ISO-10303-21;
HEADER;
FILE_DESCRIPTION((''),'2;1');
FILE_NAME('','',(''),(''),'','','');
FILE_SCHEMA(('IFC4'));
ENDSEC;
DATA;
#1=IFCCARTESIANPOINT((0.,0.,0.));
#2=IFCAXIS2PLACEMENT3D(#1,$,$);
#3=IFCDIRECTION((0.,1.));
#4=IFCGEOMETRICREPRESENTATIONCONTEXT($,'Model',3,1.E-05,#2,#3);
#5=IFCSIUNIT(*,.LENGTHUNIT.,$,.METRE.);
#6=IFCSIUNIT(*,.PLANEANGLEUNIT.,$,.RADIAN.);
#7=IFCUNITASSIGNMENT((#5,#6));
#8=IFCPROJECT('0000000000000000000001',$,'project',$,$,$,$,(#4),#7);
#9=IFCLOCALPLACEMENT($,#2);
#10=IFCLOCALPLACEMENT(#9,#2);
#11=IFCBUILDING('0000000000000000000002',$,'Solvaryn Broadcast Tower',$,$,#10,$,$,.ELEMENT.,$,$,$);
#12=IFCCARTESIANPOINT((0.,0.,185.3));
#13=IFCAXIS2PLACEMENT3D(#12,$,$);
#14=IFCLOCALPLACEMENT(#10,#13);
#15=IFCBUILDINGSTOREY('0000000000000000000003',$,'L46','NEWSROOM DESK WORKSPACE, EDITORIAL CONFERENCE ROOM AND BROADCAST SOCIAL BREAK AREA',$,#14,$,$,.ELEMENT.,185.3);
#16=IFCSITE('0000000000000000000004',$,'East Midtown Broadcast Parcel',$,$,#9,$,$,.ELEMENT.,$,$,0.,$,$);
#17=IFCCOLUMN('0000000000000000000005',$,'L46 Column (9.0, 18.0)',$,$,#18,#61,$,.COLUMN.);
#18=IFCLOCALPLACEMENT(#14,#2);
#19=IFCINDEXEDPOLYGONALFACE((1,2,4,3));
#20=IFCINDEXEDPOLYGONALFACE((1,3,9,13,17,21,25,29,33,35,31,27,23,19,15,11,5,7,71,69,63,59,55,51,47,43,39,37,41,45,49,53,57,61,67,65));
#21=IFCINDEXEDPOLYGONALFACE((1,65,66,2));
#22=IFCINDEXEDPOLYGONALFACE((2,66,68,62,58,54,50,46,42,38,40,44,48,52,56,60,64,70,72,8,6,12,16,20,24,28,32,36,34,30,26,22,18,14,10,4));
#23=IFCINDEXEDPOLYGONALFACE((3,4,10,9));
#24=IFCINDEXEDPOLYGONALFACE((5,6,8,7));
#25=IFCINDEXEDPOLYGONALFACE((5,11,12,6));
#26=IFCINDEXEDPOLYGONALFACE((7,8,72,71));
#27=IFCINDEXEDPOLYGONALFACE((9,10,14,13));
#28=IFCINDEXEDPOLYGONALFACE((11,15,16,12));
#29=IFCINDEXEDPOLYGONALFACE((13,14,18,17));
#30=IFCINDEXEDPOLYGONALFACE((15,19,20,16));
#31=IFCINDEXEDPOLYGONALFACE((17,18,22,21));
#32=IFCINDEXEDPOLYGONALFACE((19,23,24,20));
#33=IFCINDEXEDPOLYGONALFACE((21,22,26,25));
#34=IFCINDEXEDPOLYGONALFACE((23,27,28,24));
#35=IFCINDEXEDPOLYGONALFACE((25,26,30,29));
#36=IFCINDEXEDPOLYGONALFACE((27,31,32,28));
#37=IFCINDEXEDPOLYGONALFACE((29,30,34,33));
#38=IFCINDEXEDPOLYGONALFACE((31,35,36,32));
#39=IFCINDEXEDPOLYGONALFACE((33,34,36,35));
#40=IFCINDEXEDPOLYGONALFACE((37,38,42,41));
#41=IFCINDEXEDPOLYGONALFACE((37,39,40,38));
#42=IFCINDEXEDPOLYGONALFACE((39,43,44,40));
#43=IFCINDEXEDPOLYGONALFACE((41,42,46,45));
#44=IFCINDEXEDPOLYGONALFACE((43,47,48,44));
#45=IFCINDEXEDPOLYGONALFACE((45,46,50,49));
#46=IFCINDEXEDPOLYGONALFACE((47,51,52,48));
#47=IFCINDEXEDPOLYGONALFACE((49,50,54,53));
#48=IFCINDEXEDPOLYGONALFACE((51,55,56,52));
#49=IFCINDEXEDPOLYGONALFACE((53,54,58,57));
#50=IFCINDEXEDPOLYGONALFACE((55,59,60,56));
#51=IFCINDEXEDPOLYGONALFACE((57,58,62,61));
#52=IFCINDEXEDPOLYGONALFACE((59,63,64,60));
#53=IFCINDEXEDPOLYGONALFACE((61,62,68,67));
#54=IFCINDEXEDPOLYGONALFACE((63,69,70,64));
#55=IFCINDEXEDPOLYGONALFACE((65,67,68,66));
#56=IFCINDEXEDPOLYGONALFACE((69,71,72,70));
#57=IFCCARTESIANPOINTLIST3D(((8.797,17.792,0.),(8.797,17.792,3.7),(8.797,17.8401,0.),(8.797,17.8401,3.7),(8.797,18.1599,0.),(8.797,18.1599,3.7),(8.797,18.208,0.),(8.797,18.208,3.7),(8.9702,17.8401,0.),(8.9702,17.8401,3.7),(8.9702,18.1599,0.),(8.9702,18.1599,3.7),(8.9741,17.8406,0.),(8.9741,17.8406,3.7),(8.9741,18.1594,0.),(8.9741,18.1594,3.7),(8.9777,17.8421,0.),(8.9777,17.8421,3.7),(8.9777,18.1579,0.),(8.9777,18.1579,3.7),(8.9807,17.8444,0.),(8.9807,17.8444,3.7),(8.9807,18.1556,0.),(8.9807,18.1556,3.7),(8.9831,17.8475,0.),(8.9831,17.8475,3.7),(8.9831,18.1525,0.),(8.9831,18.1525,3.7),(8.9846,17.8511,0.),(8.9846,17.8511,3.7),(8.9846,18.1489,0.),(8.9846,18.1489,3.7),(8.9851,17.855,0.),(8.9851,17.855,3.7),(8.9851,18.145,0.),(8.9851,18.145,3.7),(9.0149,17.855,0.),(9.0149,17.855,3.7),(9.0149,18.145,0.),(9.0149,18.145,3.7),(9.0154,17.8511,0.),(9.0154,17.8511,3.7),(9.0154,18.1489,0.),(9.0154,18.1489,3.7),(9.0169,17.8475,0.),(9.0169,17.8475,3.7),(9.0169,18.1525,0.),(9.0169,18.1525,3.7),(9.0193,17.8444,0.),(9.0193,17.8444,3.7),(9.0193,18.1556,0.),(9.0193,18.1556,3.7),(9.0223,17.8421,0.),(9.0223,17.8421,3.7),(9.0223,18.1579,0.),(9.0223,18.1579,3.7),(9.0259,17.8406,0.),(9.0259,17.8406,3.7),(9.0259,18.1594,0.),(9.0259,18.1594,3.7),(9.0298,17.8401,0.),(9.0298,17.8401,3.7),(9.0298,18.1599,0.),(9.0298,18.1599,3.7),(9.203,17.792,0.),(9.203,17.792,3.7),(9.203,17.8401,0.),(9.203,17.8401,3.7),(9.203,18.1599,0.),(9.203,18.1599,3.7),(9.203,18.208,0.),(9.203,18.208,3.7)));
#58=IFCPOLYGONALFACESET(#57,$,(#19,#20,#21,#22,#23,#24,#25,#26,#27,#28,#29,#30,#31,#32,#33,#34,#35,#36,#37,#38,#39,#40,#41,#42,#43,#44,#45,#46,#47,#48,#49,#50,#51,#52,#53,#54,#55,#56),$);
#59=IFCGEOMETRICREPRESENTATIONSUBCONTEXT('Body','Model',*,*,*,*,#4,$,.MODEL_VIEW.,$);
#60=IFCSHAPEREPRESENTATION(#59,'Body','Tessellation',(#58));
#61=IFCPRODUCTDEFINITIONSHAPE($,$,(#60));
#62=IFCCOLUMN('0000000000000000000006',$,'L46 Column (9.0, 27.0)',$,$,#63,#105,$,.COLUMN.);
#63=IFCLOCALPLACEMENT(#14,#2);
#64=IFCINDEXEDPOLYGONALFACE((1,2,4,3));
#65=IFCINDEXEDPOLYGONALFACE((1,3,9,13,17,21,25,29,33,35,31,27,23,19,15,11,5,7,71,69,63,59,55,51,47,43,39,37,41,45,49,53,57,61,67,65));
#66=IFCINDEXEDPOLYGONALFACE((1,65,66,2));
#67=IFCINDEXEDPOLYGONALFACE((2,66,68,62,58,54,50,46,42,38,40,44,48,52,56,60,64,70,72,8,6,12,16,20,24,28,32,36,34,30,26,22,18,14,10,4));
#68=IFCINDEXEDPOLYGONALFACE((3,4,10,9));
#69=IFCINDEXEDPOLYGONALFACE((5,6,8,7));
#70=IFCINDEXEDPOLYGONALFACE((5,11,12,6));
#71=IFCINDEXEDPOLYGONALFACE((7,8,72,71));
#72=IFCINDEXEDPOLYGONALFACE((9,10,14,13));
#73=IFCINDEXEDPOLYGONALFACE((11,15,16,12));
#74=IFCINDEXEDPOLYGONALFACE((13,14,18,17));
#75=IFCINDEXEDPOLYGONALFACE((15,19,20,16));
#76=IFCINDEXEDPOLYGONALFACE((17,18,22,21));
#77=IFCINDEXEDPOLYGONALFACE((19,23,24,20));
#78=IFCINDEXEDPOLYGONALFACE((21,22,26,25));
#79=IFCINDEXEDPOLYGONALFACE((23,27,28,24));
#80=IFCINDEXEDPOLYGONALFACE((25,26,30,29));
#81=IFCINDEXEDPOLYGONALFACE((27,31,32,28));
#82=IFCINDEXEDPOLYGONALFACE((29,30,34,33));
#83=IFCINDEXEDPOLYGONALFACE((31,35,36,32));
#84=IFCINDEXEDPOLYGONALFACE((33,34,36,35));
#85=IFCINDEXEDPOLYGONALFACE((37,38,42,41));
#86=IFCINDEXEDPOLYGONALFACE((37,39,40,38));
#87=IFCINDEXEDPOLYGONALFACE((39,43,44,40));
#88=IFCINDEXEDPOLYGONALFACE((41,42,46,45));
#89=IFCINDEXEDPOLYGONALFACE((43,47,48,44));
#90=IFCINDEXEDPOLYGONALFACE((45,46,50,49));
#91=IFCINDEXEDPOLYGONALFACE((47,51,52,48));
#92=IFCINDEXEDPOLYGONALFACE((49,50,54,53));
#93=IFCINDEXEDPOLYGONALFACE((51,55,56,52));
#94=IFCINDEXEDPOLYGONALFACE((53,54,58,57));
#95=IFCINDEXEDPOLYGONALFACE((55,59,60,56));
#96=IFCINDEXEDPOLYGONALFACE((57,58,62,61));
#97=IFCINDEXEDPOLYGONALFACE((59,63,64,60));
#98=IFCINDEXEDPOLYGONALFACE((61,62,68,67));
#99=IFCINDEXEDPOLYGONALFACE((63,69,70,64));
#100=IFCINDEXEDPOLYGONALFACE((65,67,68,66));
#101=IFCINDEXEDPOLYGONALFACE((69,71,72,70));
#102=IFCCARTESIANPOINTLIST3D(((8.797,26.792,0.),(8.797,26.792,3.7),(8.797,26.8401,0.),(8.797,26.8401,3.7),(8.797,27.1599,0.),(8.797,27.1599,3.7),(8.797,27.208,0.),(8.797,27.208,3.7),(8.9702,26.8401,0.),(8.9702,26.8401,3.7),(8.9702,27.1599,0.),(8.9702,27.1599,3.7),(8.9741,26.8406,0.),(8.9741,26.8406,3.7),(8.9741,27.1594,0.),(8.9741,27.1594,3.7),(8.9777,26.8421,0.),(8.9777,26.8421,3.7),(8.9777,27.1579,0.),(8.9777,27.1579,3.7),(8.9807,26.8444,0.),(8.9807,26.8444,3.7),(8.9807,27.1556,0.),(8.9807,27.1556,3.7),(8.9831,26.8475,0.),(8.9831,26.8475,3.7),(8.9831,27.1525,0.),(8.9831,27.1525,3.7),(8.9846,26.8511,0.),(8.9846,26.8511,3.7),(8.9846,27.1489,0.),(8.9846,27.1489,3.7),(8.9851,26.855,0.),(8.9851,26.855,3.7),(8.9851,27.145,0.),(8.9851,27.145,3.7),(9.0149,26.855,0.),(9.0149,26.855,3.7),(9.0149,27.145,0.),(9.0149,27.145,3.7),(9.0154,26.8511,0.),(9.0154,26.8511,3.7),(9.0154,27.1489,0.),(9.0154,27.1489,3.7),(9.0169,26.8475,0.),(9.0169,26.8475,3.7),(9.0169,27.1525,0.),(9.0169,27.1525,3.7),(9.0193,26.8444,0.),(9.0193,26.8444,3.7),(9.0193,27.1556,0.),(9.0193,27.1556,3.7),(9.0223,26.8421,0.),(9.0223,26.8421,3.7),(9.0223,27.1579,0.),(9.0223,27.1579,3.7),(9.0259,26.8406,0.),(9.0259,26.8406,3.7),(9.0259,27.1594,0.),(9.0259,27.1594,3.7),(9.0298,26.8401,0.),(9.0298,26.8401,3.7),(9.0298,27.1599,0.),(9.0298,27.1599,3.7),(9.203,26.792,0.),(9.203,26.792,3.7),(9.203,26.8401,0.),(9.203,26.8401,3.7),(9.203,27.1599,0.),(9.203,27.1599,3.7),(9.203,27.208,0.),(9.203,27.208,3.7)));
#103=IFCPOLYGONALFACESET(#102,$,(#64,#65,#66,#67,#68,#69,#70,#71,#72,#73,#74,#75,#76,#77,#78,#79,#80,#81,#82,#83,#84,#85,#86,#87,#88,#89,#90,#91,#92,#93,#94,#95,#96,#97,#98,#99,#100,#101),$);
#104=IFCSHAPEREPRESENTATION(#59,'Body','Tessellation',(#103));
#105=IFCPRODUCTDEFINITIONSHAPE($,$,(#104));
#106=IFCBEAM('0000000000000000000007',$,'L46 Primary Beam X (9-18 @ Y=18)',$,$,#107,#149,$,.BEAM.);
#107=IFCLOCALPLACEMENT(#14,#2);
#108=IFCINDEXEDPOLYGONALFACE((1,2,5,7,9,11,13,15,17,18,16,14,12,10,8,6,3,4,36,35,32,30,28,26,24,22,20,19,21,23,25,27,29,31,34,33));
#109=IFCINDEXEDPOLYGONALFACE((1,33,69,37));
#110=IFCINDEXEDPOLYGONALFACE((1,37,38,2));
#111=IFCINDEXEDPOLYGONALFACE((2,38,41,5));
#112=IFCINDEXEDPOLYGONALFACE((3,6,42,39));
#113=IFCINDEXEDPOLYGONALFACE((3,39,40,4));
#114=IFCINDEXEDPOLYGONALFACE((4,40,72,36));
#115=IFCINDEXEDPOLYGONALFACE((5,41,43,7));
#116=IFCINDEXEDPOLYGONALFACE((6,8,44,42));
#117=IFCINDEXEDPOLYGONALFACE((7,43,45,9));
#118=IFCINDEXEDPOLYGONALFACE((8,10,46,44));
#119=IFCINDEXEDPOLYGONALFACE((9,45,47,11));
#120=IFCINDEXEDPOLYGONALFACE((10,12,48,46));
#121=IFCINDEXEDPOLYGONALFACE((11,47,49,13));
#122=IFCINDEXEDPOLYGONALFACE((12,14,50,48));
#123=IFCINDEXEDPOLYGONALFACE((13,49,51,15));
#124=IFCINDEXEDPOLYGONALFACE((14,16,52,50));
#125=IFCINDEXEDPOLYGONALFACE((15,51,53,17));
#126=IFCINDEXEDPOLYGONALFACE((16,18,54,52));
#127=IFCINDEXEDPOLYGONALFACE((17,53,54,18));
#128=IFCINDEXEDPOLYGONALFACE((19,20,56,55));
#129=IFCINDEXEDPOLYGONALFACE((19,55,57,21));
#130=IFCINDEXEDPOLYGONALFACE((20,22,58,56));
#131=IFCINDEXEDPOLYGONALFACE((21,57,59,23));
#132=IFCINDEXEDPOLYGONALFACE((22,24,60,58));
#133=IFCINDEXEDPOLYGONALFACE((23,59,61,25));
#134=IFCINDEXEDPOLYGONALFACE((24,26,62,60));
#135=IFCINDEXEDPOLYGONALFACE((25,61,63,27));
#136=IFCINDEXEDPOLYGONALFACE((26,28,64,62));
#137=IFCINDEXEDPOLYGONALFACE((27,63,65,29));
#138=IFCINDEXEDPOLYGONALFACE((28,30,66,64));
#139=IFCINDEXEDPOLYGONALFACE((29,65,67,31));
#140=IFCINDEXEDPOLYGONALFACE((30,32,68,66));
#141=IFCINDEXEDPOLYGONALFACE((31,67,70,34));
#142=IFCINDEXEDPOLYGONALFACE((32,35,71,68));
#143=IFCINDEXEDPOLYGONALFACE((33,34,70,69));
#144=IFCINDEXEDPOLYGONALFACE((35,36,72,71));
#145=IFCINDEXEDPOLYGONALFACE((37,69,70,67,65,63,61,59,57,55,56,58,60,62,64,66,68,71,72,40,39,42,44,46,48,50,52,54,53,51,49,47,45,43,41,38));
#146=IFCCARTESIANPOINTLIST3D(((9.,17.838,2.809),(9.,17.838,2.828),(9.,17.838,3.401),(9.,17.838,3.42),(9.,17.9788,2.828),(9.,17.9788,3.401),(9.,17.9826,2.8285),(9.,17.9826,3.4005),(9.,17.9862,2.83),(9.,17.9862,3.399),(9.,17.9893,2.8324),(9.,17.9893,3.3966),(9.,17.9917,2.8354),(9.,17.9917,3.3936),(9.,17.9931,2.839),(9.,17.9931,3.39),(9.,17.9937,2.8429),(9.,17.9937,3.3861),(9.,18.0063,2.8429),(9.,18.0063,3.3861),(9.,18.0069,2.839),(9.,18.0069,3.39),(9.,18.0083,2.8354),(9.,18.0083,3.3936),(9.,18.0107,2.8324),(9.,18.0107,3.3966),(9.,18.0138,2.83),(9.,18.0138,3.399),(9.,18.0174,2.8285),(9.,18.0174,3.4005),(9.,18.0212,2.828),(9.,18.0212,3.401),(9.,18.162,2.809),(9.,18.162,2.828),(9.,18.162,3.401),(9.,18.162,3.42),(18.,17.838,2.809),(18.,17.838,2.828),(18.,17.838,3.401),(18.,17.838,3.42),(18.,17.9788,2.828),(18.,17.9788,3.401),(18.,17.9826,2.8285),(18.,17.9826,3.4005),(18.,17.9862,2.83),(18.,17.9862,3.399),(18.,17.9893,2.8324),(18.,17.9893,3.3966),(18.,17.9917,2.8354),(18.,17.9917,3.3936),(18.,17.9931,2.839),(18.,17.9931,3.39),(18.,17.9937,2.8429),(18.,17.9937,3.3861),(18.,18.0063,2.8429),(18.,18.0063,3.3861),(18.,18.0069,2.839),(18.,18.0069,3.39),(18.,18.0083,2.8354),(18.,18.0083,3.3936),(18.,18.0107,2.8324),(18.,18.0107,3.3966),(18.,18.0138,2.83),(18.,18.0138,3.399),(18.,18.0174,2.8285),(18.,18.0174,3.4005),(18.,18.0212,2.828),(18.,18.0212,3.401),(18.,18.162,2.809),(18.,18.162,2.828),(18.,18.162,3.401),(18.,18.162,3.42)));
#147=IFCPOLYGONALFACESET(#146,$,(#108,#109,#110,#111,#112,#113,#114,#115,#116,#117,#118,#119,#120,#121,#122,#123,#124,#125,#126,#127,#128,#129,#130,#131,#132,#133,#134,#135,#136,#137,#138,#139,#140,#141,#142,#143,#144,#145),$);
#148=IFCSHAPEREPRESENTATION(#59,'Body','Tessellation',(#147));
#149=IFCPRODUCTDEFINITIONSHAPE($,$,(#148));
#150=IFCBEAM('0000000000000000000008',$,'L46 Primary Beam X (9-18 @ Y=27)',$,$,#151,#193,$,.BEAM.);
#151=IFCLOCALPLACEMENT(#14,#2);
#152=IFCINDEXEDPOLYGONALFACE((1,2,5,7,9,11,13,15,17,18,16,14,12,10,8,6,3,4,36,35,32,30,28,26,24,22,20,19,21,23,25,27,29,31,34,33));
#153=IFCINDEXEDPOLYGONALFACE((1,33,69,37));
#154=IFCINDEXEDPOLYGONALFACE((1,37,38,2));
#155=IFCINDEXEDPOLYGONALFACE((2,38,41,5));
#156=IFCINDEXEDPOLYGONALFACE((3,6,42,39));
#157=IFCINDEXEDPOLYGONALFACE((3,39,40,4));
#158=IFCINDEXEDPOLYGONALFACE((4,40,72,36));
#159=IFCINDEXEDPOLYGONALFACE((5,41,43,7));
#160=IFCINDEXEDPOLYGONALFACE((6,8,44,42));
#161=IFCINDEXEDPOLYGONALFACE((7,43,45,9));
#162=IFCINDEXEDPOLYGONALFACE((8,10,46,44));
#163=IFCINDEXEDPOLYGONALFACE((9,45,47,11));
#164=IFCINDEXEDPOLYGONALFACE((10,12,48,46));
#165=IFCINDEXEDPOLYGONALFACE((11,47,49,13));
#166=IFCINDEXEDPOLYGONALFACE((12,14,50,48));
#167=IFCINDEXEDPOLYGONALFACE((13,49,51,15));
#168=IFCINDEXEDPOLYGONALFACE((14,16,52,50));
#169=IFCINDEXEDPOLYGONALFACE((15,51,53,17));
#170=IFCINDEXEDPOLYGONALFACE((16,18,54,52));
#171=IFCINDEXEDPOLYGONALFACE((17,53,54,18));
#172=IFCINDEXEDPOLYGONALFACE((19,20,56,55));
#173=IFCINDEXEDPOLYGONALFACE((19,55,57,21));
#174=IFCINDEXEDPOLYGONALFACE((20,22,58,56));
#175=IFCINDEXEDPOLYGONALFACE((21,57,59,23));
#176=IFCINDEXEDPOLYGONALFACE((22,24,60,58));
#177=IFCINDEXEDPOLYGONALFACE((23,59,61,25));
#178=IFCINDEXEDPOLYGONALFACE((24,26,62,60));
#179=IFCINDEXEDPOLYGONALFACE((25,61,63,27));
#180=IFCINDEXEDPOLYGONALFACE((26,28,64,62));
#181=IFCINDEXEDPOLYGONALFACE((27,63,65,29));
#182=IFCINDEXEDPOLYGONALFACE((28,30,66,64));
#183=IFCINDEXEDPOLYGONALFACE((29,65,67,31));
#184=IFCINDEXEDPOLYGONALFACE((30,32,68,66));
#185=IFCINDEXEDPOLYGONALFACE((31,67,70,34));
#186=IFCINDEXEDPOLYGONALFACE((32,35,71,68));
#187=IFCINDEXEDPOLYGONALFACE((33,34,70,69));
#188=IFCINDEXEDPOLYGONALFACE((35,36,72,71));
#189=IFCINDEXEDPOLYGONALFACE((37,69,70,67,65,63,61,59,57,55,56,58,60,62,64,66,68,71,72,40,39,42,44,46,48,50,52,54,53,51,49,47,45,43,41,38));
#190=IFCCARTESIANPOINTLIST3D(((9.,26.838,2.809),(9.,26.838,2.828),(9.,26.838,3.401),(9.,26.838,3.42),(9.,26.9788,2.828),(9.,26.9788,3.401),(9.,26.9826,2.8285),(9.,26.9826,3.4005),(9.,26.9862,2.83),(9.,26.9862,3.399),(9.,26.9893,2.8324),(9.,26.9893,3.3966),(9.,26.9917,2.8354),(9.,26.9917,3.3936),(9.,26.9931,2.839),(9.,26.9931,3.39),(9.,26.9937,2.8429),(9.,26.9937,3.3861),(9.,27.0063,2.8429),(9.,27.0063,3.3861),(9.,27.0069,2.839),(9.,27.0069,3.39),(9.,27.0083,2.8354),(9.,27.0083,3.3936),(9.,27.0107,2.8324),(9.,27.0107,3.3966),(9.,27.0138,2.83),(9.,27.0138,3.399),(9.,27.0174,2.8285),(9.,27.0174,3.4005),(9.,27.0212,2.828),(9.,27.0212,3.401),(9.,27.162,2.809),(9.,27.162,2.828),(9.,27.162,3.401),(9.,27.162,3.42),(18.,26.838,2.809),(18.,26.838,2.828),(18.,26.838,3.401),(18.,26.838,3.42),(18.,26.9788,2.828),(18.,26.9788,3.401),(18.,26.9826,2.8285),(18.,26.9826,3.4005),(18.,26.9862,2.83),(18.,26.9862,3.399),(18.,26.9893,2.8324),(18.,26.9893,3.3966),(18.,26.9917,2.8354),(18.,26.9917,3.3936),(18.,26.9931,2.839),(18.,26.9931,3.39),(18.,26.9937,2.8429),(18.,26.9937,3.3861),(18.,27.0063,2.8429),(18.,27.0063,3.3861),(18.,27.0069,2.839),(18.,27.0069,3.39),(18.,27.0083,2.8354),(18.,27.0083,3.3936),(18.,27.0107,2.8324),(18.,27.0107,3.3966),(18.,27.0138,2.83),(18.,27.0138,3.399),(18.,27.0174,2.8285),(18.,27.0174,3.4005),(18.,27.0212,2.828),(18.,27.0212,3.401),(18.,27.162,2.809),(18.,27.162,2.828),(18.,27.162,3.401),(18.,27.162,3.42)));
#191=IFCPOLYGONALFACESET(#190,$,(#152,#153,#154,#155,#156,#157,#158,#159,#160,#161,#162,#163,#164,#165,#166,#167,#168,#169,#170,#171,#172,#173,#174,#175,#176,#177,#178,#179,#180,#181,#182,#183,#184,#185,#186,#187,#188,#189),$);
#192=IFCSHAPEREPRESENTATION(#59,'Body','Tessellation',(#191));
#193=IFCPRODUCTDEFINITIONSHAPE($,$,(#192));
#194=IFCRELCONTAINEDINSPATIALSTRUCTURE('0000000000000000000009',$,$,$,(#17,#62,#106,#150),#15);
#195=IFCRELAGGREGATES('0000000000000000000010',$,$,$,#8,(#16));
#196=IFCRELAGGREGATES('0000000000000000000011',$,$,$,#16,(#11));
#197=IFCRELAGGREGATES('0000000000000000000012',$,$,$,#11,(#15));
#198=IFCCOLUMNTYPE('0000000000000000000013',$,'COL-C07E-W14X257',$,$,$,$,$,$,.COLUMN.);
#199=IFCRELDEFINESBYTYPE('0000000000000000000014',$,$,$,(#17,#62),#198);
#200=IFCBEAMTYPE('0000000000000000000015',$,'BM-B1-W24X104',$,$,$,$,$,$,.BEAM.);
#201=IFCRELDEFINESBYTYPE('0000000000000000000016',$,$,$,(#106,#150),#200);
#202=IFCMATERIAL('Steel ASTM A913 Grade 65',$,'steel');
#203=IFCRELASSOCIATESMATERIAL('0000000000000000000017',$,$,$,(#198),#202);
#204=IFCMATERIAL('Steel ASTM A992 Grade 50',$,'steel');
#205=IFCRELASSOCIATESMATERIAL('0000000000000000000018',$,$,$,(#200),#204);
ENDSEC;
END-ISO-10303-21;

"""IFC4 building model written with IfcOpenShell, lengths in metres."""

from ifc_helpers import new_model, si_unit, direction, frame, origin, origin_2d, place, context, subcontext, project, spatial, i_section, extrude, material, material_profile, profile_set, type_object, element, save


model = new_model("IFC4")

# Units and contexts
model_context = context("Model", 3, precision=1e-05, world=origin(), true_north=direction((0.0, 1.0)))
body_context = subcontext(model_context, "Body", "Model", "MODEL_VIEW")
ifc_project = project(units=[si_unit("LENGTHUNIT", "METRE"), si_unit("PLANEANGLEUNIT", "RADIAN")], contexts=[model_context])

# Site, building, storey
site_placement = place(None, origin())
site = spatial("IfcSite", under=ifc_project, at=site_placement, Name="East Midtown Broadcast Parcel", CompositionType="ELEMENT", RefElevation=0.0)
building_placement = place(site_placement, origin())
building = spatial("IfcBuilding", under=site, at=building_placement, Name="Solvaryn Broadcast Tower", CompositionType="ELEMENT")
storey_placement = place(building_placement, frame((0.0, 0.0, 185.3)))
storey = spatial("IfcBuildingStorey", under=building, at=storey_placement, Name="L46", Description="NEWSROOM DESK WORKSPACE, EDITORIAL CONFERENCE ROOM AND BROADCAST SOCIAL BREAK AREA", CompositionType="ELEMENT", Elevation=185.3)

# Columns
ifc_material_1 = material(Name="Steel ASTM A913 Grade 65", Category="steel")
ifc_material_profile_1 = material_profile(ifc_material_1, i_section(OverallWidth=0.406, OverallDepth=0.416, WebThickness=0.0298, FlangeThickness=0.0481, FilletRadius=0.0149, at=origin_2d()))
ifc_profile_set_1 = profile_set([ifc_material_profile_1], Name="Steel ASTM A913 Grade 65")
column_type = type_object("IfcColumnType", Name="COL-C07E-W14X257", PredefinedType="COLUMN", material=ifc_profile_set_1)
for number, where, z_axis, x_axis, name in (
    (1, (9.0, 18.0, 0.0), (0.0, 0.0, 1.0), (1.0, 0.0, 0.0), "L46 Column (9.0, 18.0)"),
    (2, (9.0, 27.0, 0.0), (0.0, 0.0, 1.0), (1.0, 0.0, 0.0), "L46 Column (9.0, 27.0)"),
):
    element("IfcColumn", number, at=place(storey_placement, frame(where, z_axis=z_axis, x_axis=x_axis)), inside=storey, type_object=column_type, Name=name, PredefinedType="COLUMN", context=body_context, shape_type="SweptSolid", body=[
        extrude(i_section(OverallWidth=0.406, OverallDepth=0.416, WebThickness=0.0298, FlangeThickness=0.0481, FilletRadius=0.0149, at=origin_2d()), origin(), (0.0, 0.0, 1.0), 3.7),
    ])

# Beams
ifc_material_2 = material(Name="Steel ASTM A992 Grade 50", Category="steel")
ifc_material_profile_2 = material_profile(ifc_material_2, i_section(OverallWidth=0.324, OverallDepth=0.6111, WebThickness=0.0127, FlangeThickness=0.019, FilletRadius=0.0149, at=origin_2d()))
ifc_profile_set_2 = profile_set([ifc_material_profile_2], Name="Steel ASTM A992 Grade 50")
beam_type_1 = type_object("IfcBeamType", Name="BM-B1-W24X104", PredefinedType="BEAM", material=ifc_profile_set_2)
for number, where, z_axis, x_axis, name in (
    (3, (9.0, 18.0, 3.1145), (1.0, 0.0, 0.0), (0.0, 1.0, 0.0), "L46 Primary Beam X (9-18 @ Y=18)"),
    (4, (9.0, 27.0, 3.1145), (1.0, 0.0, 0.0), (0.0, 1.0, 0.0), "L46 Primary Beam X (9-18 @ Y=27)"),
):
    element("IfcBeam", number, at=place(storey_placement, frame(where, z_axis=z_axis, x_axis=x_axis)), inside=storey, type_object=beam_type_1, Name=name, PredefinedType="BEAM", context=body_context, shape_type="SweptSolid", body=[
        extrude(i_section(OverallWidth=0.324, OverallDepth=0.6111, WebThickness=0.0127, FlangeThickness=0.019, FilletRadius=0.0149, at=origin_2d()), origin(), (0.0, 0.0, 1.0), 9.0),
    ])

save(model, "model.ifc")
